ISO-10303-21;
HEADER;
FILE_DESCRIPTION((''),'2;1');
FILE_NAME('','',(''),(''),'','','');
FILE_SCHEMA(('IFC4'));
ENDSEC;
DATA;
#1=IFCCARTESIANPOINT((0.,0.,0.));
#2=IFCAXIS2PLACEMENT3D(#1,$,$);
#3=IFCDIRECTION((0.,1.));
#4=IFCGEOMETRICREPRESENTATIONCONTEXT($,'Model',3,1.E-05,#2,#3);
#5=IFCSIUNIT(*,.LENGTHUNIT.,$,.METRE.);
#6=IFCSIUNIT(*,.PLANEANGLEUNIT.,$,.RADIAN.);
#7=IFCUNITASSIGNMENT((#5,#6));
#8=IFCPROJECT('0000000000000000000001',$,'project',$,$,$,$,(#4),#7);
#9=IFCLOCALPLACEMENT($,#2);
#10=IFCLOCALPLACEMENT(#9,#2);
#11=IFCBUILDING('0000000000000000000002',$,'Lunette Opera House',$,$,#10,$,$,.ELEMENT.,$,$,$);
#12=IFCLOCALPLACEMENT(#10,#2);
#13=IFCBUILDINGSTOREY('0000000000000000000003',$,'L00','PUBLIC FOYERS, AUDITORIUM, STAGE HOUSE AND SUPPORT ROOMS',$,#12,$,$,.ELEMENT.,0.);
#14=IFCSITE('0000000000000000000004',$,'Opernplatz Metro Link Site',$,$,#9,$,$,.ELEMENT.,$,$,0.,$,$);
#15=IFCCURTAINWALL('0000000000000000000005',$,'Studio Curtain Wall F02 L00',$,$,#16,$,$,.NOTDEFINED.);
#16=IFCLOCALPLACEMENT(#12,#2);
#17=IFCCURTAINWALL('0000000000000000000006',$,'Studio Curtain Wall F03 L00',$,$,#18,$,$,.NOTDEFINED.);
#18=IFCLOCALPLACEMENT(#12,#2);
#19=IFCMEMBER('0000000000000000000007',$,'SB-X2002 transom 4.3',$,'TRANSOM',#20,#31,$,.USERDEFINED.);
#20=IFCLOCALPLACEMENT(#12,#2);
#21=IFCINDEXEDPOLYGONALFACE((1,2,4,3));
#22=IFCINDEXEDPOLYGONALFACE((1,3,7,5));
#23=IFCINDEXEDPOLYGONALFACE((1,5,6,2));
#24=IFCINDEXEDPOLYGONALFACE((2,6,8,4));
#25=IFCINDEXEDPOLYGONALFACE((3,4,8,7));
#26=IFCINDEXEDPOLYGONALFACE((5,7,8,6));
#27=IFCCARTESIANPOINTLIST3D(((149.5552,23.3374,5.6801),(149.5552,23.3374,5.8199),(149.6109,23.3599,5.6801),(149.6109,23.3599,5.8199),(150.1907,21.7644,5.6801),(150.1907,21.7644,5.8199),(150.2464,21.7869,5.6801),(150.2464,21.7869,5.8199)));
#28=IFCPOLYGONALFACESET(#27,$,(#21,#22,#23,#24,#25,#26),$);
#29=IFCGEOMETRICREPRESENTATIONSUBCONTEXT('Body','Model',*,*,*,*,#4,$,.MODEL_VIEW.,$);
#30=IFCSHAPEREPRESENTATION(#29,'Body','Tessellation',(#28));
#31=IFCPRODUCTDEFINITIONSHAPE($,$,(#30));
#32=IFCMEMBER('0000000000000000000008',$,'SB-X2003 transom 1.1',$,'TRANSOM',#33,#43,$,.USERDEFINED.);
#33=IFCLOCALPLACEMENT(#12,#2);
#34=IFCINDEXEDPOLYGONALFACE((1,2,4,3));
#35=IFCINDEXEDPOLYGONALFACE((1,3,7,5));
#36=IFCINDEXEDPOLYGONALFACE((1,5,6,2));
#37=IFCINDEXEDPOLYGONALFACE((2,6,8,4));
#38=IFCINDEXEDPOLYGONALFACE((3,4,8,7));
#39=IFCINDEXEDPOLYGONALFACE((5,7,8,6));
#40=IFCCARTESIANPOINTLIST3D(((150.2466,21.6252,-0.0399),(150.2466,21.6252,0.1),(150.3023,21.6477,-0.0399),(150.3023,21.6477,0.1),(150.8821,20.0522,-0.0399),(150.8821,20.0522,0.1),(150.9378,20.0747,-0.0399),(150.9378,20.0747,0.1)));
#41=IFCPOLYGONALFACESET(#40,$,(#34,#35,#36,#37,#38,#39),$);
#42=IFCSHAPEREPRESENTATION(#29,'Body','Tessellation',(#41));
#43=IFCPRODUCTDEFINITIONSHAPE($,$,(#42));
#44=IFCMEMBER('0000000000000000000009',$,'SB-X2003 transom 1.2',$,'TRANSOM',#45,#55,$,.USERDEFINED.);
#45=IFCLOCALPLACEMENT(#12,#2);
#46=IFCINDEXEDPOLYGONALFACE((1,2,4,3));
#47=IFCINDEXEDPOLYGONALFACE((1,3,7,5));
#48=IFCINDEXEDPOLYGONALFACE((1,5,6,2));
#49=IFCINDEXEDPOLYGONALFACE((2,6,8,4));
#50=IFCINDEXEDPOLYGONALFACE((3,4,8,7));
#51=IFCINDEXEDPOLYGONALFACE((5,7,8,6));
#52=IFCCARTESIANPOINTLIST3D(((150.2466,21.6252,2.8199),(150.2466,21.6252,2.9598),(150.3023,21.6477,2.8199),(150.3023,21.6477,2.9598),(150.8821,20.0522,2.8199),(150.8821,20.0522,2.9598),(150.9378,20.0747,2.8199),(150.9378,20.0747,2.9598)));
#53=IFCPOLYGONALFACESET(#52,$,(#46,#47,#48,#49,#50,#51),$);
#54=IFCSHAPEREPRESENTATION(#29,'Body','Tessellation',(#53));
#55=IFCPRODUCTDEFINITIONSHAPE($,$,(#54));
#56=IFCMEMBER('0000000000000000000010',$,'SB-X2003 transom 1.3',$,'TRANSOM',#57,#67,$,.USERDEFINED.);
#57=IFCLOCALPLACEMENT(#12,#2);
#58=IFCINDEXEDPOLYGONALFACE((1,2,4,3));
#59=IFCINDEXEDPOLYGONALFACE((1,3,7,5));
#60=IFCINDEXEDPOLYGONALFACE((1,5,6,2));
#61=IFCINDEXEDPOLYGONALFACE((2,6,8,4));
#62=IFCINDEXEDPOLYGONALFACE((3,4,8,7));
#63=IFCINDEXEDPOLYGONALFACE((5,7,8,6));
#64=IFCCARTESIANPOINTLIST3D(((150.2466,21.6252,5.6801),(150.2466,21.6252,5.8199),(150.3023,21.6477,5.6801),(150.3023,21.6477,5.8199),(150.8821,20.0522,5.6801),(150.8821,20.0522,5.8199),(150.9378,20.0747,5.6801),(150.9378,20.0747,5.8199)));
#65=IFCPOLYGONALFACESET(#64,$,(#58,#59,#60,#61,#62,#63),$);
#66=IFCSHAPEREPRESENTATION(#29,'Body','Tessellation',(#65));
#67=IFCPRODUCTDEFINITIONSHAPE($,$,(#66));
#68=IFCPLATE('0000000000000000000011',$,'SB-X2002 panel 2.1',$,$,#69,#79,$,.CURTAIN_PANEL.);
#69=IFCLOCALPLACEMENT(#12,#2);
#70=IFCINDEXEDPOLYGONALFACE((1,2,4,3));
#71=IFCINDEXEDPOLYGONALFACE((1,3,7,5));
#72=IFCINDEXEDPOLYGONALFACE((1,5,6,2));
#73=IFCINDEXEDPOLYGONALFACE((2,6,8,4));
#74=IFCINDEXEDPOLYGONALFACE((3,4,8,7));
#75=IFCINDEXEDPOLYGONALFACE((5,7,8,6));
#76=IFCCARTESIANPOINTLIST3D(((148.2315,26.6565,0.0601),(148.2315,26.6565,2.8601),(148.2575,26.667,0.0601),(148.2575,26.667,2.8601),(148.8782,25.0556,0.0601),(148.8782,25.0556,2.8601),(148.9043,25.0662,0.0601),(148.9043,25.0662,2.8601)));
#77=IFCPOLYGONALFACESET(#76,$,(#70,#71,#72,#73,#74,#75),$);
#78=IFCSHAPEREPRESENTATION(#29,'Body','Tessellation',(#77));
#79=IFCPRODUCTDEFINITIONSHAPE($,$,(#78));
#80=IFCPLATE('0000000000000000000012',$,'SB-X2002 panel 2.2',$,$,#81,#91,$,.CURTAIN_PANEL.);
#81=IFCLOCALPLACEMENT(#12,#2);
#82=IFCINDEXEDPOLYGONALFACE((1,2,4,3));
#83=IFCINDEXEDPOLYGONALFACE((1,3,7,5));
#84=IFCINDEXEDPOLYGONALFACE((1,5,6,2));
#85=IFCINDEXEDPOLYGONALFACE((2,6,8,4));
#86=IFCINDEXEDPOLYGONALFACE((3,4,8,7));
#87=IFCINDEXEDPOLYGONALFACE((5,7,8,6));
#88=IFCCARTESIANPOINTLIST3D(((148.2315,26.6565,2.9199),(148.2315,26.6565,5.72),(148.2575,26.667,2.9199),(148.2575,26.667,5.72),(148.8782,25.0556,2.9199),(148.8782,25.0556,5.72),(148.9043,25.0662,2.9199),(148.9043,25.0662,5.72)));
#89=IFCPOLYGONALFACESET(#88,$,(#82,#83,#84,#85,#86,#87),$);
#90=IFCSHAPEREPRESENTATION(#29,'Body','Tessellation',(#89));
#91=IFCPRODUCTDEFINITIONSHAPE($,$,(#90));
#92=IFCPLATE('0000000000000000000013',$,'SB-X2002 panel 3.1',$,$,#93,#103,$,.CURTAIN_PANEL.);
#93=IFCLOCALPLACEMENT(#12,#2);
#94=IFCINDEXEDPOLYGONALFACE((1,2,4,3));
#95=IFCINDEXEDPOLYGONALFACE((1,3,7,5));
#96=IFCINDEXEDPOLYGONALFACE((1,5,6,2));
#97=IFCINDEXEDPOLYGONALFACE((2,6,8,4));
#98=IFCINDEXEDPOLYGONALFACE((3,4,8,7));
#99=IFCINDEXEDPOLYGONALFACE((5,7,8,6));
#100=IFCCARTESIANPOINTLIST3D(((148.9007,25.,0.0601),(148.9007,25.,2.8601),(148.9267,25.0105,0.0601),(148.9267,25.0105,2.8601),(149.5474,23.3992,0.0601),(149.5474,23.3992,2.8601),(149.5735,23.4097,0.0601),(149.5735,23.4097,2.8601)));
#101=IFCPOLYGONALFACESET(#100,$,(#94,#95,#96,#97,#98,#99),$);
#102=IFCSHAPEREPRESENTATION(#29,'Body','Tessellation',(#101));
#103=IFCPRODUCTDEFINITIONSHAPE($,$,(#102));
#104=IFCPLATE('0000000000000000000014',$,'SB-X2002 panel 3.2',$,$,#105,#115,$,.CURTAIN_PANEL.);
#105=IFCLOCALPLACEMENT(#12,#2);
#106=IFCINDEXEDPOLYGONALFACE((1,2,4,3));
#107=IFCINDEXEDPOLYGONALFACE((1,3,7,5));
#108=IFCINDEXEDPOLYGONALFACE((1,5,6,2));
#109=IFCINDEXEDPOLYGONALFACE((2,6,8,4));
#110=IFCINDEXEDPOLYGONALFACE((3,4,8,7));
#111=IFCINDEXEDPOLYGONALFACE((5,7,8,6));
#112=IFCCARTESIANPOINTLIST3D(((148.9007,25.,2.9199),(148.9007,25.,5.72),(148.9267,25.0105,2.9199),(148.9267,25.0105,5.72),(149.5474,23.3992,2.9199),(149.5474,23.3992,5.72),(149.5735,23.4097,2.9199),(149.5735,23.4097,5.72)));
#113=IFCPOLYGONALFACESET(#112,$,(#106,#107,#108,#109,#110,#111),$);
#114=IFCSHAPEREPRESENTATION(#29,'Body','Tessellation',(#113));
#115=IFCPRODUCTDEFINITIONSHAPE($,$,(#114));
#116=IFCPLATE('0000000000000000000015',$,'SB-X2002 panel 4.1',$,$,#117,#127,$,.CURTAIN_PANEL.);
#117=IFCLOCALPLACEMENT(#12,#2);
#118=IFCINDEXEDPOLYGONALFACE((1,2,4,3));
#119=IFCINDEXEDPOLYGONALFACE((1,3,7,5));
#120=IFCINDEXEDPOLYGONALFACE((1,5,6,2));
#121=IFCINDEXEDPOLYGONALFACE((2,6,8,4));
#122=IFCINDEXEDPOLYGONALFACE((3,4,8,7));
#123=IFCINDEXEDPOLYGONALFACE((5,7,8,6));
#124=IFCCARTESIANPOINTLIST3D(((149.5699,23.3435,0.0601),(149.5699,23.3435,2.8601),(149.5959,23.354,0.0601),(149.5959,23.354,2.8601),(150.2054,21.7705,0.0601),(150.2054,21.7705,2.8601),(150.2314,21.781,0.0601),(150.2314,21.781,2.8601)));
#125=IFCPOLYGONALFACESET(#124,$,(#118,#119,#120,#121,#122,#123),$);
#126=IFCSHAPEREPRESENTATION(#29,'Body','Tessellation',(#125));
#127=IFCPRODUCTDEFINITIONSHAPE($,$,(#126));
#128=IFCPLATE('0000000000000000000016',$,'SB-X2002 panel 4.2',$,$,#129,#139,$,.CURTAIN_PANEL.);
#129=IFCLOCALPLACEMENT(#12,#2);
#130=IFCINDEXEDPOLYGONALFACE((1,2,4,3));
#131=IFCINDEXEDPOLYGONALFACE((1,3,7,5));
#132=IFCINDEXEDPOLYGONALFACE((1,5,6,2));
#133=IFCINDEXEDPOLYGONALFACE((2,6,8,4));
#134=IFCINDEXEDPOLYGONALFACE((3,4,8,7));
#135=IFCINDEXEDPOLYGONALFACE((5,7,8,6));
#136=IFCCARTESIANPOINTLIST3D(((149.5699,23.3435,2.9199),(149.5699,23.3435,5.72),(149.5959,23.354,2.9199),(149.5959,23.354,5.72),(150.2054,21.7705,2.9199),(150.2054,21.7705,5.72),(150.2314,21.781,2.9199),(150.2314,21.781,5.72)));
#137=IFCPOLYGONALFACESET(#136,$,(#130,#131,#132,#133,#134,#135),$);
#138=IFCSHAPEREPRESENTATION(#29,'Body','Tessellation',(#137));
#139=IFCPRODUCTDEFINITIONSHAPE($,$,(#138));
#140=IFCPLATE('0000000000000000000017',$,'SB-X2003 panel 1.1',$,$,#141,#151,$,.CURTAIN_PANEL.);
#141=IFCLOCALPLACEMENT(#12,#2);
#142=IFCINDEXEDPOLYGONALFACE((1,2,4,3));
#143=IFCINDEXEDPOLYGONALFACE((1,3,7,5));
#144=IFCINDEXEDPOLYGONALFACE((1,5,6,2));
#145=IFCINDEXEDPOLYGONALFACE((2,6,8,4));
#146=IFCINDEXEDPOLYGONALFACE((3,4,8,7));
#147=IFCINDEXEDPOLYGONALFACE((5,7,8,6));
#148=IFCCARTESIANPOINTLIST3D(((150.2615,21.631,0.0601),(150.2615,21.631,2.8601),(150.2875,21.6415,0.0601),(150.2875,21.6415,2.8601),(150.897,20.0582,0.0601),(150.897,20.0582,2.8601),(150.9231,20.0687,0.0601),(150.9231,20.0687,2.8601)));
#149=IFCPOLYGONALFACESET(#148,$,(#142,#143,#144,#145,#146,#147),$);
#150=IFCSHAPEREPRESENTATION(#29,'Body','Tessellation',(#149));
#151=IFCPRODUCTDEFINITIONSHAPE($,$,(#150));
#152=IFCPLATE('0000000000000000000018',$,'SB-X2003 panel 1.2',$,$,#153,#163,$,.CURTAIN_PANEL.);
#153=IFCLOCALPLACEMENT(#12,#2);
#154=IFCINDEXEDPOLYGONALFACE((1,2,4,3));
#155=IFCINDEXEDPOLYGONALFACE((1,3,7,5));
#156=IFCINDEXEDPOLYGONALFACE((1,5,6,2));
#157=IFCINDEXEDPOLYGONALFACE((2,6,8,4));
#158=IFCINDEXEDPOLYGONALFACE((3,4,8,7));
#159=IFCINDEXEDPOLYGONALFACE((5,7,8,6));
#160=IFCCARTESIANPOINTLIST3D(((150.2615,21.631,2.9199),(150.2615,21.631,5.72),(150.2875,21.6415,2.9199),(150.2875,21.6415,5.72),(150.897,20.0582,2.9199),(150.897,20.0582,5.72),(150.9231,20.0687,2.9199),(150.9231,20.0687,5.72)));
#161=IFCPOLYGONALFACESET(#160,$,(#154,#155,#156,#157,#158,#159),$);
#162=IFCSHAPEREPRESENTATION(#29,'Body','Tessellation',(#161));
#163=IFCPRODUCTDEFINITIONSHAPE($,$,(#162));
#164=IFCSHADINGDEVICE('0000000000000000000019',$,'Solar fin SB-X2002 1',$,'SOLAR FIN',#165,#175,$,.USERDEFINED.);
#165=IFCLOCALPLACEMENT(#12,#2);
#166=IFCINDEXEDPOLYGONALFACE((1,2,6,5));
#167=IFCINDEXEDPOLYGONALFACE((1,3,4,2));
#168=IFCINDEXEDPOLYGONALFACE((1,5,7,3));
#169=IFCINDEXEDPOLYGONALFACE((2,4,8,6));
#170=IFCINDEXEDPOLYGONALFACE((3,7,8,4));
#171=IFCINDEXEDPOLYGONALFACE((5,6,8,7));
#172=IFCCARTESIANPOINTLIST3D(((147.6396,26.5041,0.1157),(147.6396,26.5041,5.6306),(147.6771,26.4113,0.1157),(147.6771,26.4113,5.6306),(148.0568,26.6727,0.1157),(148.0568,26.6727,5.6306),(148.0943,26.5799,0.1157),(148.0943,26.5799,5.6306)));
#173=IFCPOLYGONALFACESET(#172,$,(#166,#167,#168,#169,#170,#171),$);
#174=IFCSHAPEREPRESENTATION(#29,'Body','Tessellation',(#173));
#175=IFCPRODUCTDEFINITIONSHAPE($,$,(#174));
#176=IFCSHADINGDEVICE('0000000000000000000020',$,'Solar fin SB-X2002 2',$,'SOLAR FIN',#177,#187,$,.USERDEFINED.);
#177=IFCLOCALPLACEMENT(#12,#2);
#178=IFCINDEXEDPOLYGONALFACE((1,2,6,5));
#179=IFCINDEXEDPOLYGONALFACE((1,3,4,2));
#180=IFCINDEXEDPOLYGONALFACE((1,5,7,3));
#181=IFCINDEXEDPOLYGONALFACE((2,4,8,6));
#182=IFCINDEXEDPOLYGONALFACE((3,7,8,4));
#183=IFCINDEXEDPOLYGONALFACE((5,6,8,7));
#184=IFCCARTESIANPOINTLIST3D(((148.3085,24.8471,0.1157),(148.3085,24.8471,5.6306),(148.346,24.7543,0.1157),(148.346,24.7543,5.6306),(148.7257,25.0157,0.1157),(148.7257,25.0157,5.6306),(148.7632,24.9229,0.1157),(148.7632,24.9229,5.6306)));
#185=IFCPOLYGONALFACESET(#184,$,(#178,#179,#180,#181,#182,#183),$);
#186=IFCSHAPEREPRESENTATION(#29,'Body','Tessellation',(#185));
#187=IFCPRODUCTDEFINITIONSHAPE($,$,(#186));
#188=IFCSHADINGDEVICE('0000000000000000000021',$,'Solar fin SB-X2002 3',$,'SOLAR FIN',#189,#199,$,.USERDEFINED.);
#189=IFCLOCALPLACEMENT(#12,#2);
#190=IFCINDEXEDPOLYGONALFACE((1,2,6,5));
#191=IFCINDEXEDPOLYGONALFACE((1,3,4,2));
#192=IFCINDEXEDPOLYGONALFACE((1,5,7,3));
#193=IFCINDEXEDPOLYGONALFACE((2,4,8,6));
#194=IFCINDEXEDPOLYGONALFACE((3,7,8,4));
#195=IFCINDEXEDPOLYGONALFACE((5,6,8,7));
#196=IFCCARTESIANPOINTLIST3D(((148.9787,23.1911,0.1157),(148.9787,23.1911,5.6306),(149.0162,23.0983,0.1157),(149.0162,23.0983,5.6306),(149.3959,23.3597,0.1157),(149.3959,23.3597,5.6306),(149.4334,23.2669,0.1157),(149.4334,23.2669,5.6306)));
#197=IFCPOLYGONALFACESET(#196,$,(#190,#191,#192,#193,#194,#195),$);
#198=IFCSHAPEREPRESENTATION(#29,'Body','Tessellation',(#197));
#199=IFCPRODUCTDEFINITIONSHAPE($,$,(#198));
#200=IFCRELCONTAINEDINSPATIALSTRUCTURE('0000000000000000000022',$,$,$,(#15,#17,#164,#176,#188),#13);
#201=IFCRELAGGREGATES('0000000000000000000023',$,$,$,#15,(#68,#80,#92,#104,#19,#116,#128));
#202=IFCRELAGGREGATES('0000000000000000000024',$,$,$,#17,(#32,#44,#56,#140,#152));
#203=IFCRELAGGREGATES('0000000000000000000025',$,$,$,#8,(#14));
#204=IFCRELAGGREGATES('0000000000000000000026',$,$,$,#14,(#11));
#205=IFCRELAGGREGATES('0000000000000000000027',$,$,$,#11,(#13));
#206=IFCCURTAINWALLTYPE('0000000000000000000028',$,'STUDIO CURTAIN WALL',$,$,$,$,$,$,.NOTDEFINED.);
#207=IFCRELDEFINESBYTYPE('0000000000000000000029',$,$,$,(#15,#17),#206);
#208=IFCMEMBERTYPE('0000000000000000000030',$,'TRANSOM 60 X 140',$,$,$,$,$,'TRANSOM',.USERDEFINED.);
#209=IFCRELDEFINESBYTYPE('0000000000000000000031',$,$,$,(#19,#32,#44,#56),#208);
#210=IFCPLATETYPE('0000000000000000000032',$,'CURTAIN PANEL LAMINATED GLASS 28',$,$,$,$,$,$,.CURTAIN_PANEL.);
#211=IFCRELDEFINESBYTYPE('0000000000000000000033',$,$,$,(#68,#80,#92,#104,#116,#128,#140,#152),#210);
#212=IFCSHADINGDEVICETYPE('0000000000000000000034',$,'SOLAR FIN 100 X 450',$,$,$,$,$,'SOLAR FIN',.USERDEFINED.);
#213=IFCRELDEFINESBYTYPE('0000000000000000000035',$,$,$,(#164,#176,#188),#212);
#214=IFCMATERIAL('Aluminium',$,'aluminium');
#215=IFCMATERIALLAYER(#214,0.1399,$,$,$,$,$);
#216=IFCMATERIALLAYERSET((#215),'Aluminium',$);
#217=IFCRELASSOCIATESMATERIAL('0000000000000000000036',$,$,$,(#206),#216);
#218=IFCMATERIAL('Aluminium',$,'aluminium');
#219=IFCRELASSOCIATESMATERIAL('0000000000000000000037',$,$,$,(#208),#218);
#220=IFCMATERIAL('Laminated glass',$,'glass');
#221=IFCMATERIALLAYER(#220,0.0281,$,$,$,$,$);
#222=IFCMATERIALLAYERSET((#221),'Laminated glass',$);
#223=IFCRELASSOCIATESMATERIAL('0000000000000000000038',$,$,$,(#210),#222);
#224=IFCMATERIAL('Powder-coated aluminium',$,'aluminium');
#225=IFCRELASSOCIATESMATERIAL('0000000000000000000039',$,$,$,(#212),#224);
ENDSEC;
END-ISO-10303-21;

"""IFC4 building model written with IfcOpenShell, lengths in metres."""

from ifc_helpers import new_model, si_unit, direction, frame, origin, origin_2d, place, context, subcontext, project, spatial, rectangle, extrude, material, layer, layer_set, material_profile, profile_set, type_object, element, aggregate, save


model = new_model("IFC4")

# Units and contexts
model_context = context("Model", 3, precision=1e-05, world=origin(), true_north=direction((0.0, 1.0)))
body_context = subcontext(model_context, "Body", "Model", "MODEL_VIEW")
ifc_project = project(units=[si_unit("LENGTHUNIT", "METRE"), si_unit("PLANEANGLEUNIT", "RADIAN")], contexts=[model_context])

# Site, building, storey
site_placement = place(None, origin())
site = spatial("IfcSite", under=ifc_project, at=site_placement, Name="Opernplatz Metro Link Site", CompositionType="ELEMENT", RefElevation=0.0)
building_placement = place(site_placement, origin())
building = spatial("IfcBuilding", under=site, at=building_placement, Name="Lunette Opera House", CompositionType="ELEMENT")
storey_placement = place(building_placement, origin())
storey = spatial("IfcBuildingStorey", under=building, at=storey_placement, Name="L00", Description="PUBLIC FOYERS, AUDITORIUM, STAGE HOUSE AND SUPPORT ROOMS", CompositionType="ELEMENT", Elevation=0.0)

# Curtain wall
ifc_material_1 = material(Name="Aluminium", Category="aluminium")
ifc_layer_1 = layer(ifc_material_1, 0.1399)
ifc_layer_set_1 = layer_set([ifc_layer_1], Name="Aluminium")
curtain_wall_type = type_object("IfcCurtainWallType", Name="STUDIO CURTAIN WALL", PredefinedType="NOTDEFINED", material=ifc_layer_set_1)
curtain_wall_1_placement = place(storey_placement, origin())
curtain_wall_1 = element("IfcCurtainWall", 1, at=curtain_wall_1_placement, inside=storey, type_object=curtain_wall_type, Name="Studio Curtain Wall F02 L00", PredefinedType="NOTDEFINED")

# Curtain wall
curtain_wall_2_placement = place(storey_placement, origin())
curtain_wall_2 = element("IfcCurtainWall", 2, at=curtain_wall_2_placement, inside=storey, type_object=curtain_wall_type, Name="Studio Curtain Wall F03 L00", PredefinedType="NOTDEFINED")

# Members
ifc_material_2 = material(Name="Aluminium", Category="aluminium")
ifc_material_profile_1 = material_profile(ifc_material_2, rectangle(XDim=0.0601, YDim=0.1399, at=origin_2d()), Name="TRANSOM 60 X 140")
ifc_profile_set_1 = profile_set([ifc_material_profile_1], Name="Aluminium")
member_type_1 = type_object("IfcMemberType", Name="TRANSOM 60 X 140", ElementType="TRANSOM", PredefinedType="USERDEFINED", material=ifc_profile_set_1)
member_1_placement = place(storey_placement, frame((149.583, 23.3486, 5.75), z_axis=(0.374589, -0.927191, 0.0), x_axis=(0.927191, 0.374589, 0.0)))
member_1 = element("IfcMember", 3, at=member_1_placement, type_object=member_type_1, Name="SB-X2002 transom 4.3", ObjectType="TRANSOM", PredefinedType="USERDEFINED", context=body_context, shape_type="SweptSolid", body=[
    extrude(rectangle(XDim=0.0601, YDim=0.1399, at=origin_2d()), origin(), (0.0, 0.0, 1.0), 1.6965),
])
member_2_placement = place(storey_placement, frame((150.2744, 21.6365, 0.03), z_axis=(0.374589, -0.927191, 0.0), x_axis=(0.927191, 0.374589, 0.0)))
member_2 = element("IfcMember", 4, at=member_2_placement, type_object=member_type_1, Name="SB-X2003 transom 1.1", ObjectType="TRANSOM", PredefinedType="USERDEFINED", context=body_context, shape_type="SweptSolid", body=[
    extrude(rectangle(XDim=0.0601, YDim=0.1399, at=origin_2d()), origin(), (0.0, 0.0, 1.0), 1.6965),
])
member_3_placement = place(storey_placement, frame((150.2744, 21.6365, 2.8899), z_axis=(0.374589, -0.927191, 0.0), x_axis=(0.927191, 0.374589, 0.0)))
member_3 = element("IfcMember", 5, at=member_3_placement, type_object=member_type_1, Name="SB-X2003 transom 1.2", ObjectType="TRANSOM", PredefinedType="USERDEFINED", context=body_context, shape_type="SweptSolid", body=[
    extrude(rectangle(XDim=0.0601, YDim=0.1399, at=origin_2d()), origin(), (0.0, 0.0, 1.0), 1.6965),
])
member_4_placement = place(storey_placement, frame((150.2744, 21.6365, 5.75), z_axis=(0.374589, -0.927191, 0.0), x_axis=(0.927191, 0.374589, 0.0)))
member_4 = element("IfcMember", 6, at=member_4_placement, type_object=member_type_1, Name="SB-X2003 transom 1.3", ObjectType="TRANSOM", PredefinedType="USERDEFINED", context=body_context, shape_type="SweptSolid", body=[
    extrude(rectangle(XDim=0.0601, YDim=0.1399, at=origin_2d()), origin(), (0.0, 0.0, 1.0), 1.6965),
])

# Plates
ifc_material_3 = material(Name="Laminated glass", Category="glass")
ifc_layer_2 = layer(ifc_material_3, 0.0281)
ifc_layer_set_2 = layer_set([ifc_layer_2], Name="Laminated glass")
plate_type = type_object("IfcPlateType", Name="CURTAIN PANEL LAMINATED GLASS 28", PredefinedType="CURTAIN_PANEL", material=ifc_layer_set_2)
plate_1_placement = place(storey_placement, frame((148.5679, 25.8613, 0.0601), z_axis=(0.0, 0.0, 1.0), x_axis=(0.374597, -0.927188, 0.0)))
plate_1 = element("IfcPlate", 7, at=plate_1_placement, type_object=plate_type, Name="SB-X2002 panel 2.1", PredefinedType="CURTAIN_PANEL", context=body_context, shape_type="SweptSolid", body=[
    extrude(rectangle(XDim=1.7266, YDim=0.0281, at=origin_2d()), origin(), (0.0, 0.0, 1.0), 2.8),
])
plate_2_placement = place(storey_placement, frame((148.5679, 25.8613, 2.9199), z_axis=(0.0, 0.0, 1.0), x_axis=(0.374597, -0.927188, 0.0)))
plate_2 = element("IfcPlate", 8, at=plate_2_placement, type_object=plate_type, Name="SB-X2002 panel 2.2", PredefinedType="CURTAIN_PANEL", context=body_context, shape_type="SweptSolid", body=[
    extrude(rectangle(XDim=1.7266, YDim=0.0281, at=origin_2d()), origin(), (0.0, 0.0, 1.0), 2.8),
])
plate_3_placement = place(storey_placement, frame((149.2371, 24.2048, 0.0601), z_axis=(0.0, 0.0, 1.0), x_axis=(0.374597, -0.927188, 0.0)))
plate_3 = element("IfcPlate", 9, at=plate_3_placement, type_object=plate_type, Name="SB-X2002 panel 3.1", PredefinedType="CURTAIN_PANEL", context=body_context, shape_type="SweptSolid", body=[
    extrude(rectangle(XDim=1.7266, YDim=0.0281, at=origin_2d()), origin(), (0.0, 0.0, 1.0), 2.8),
])
plate_4_placement = place(storey_placement, frame((149.2371, 24.2048, 2.9199), z_axis=(0.0, 0.0, 1.0), x_axis=(0.374597, -0.927188, 0.0)))
plate_4 = element("IfcPlate", 10, at=plate_4_placement, type_object=plate_type, Name="SB-X2002 panel 3.2", PredefinedType="CURTAIN_PANEL", context=body_context, shape_type="SweptSolid", body=[
    extrude(rectangle(XDim=1.7266, YDim=0.0281, at=origin_2d()), origin(), (0.0, 0.0, 1.0), 2.8),
])
plate_5_placement = place(storey_placement, frame((149.9006, 22.5623, 0.0601), z_axis=(0.0, 0.0, 1.0), x_axis=(0.374597, -0.927188, 0.0)))
plate_5 = element("IfcPlate", 11, at=plate_5_placement, type_object=plate_type, Name="SB-X2002 panel 4.1", PredefinedType="CURTAIN_PANEL", context=body_context, shape_type="SweptSolid", body=[
    extrude(rectangle(XDim=1.6965, YDim=0.0281, at=origin_2d()), origin(), (0.0, 0.0, 1.0), 2.8),
])
plate_6_placement = place(storey_placement, frame((149.9006, 22.5623, 2.9199), z_axis=(0.0, 0.0, 1.0), x_axis=(0.374597, -0.927188, 0.0)))
plate_6 = element("IfcPlate", 12, at=plate_6_placement, type_object=plate_type, Name="SB-X2002 panel 4.2", PredefinedType="CURTAIN_PANEL", context=body_context, shape_type="SweptSolid", body=[
    extrude(rectangle(XDim=1.6965, YDim=0.0281, at=origin_2d()), origin(), (0.0, 0.0, 1.0), 2.8),
])
aggregate(curtain_wall_1, [plate_1, plate_2, plate_3, plate_4, member_1, plate_5, plate_6])
plate_7_placement = place(storey_placement, frame((150.5923, 20.8499, 0.0601), z_axis=(0.0, 0.0, 1.0), x_axis=(0.374646, -0.927168, 0.0)))
plate_7 = element("IfcPlate", 13, at=plate_7_placement, type_object=plate_type, Name="SB-X2003 panel 1.1", PredefinedType="CURTAIN_PANEL", context=body_context, shape_type="SweptSolid", body=[
    extrude(rectangle(XDim=1.6963, YDim=0.0281, at=origin_2d()), origin(), (0.0, 0.0, 1.0), 2.8),
])
plate_8_placement = place(storey_placement, frame((150.5923, 20.8499, 2.9199), z_axis=(0.0, 0.0, 1.0), x_axis=(0.374646, -0.927168, 0.0)))
plate_8 = element("IfcPlate", 14, at=plate_8_placement, type_object=plate_type, Name="SB-X2003 panel 1.2", PredefinedType="CURTAIN_PANEL", context=body_context, shape_type="SweptSolid", body=[
    extrude(rectangle(XDim=1.6963, YDim=0.0281, at=origin_2d()), origin(), (0.0, 0.0, 1.0), 2.8),
])
aggregate(curtain_wall_2, [member_2, member_3, member_4, plate_7, plate_8])

# Shading devices
ifc_material_4 = material(Name="Powder-coated aluminium", Category="aluminium")
shading_device_type = type_object("IfcShadingDeviceType", Name="SOLAR FIN 100 X 450", ElementType="SOLAR FIN", PredefinedType="USERDEFINED", material=ifc_material_4)
for number, where, z_axis, x_axis, name in (
    (15, (147.8669, 26.542, 0.1157), (0.0, 0.0, 1.0), (-0.927188, -0.374597, 0.0), "Solar fin SB-X2002 1"),
    (16, (148.5359, 24.885, 0.1157), (0.0, 0.0, 1.0), (-0.927188, -0.374597, 0.0), "Solar fin SB-X2002 2"),
    (17, (149.2061, 23.229, 0.1157), (0.0, 0.0, 1.0), (-0.927188, -0.374597, 0.0), "Solar fin SB-X2002 3"),
):
    element("IfcShadingDevice", number, at=place(storey_placement, frame(where, z_axis=z_axis, x_axis=x_axis)), inside=storey, type_object=shading_device_type, Name=name, ObjectType="SOLAR FIN", PredefinedType="USERDEFINED", context=body_context, shape_type="SweptSolid", body=[
        extrude(rectangle(XDim=0.45, YDim=0.1001, at=origin_2d()), origin(), (0.0, 0.0, 1.0), 5.5149),
    ])

save(model, "model.ifc")
